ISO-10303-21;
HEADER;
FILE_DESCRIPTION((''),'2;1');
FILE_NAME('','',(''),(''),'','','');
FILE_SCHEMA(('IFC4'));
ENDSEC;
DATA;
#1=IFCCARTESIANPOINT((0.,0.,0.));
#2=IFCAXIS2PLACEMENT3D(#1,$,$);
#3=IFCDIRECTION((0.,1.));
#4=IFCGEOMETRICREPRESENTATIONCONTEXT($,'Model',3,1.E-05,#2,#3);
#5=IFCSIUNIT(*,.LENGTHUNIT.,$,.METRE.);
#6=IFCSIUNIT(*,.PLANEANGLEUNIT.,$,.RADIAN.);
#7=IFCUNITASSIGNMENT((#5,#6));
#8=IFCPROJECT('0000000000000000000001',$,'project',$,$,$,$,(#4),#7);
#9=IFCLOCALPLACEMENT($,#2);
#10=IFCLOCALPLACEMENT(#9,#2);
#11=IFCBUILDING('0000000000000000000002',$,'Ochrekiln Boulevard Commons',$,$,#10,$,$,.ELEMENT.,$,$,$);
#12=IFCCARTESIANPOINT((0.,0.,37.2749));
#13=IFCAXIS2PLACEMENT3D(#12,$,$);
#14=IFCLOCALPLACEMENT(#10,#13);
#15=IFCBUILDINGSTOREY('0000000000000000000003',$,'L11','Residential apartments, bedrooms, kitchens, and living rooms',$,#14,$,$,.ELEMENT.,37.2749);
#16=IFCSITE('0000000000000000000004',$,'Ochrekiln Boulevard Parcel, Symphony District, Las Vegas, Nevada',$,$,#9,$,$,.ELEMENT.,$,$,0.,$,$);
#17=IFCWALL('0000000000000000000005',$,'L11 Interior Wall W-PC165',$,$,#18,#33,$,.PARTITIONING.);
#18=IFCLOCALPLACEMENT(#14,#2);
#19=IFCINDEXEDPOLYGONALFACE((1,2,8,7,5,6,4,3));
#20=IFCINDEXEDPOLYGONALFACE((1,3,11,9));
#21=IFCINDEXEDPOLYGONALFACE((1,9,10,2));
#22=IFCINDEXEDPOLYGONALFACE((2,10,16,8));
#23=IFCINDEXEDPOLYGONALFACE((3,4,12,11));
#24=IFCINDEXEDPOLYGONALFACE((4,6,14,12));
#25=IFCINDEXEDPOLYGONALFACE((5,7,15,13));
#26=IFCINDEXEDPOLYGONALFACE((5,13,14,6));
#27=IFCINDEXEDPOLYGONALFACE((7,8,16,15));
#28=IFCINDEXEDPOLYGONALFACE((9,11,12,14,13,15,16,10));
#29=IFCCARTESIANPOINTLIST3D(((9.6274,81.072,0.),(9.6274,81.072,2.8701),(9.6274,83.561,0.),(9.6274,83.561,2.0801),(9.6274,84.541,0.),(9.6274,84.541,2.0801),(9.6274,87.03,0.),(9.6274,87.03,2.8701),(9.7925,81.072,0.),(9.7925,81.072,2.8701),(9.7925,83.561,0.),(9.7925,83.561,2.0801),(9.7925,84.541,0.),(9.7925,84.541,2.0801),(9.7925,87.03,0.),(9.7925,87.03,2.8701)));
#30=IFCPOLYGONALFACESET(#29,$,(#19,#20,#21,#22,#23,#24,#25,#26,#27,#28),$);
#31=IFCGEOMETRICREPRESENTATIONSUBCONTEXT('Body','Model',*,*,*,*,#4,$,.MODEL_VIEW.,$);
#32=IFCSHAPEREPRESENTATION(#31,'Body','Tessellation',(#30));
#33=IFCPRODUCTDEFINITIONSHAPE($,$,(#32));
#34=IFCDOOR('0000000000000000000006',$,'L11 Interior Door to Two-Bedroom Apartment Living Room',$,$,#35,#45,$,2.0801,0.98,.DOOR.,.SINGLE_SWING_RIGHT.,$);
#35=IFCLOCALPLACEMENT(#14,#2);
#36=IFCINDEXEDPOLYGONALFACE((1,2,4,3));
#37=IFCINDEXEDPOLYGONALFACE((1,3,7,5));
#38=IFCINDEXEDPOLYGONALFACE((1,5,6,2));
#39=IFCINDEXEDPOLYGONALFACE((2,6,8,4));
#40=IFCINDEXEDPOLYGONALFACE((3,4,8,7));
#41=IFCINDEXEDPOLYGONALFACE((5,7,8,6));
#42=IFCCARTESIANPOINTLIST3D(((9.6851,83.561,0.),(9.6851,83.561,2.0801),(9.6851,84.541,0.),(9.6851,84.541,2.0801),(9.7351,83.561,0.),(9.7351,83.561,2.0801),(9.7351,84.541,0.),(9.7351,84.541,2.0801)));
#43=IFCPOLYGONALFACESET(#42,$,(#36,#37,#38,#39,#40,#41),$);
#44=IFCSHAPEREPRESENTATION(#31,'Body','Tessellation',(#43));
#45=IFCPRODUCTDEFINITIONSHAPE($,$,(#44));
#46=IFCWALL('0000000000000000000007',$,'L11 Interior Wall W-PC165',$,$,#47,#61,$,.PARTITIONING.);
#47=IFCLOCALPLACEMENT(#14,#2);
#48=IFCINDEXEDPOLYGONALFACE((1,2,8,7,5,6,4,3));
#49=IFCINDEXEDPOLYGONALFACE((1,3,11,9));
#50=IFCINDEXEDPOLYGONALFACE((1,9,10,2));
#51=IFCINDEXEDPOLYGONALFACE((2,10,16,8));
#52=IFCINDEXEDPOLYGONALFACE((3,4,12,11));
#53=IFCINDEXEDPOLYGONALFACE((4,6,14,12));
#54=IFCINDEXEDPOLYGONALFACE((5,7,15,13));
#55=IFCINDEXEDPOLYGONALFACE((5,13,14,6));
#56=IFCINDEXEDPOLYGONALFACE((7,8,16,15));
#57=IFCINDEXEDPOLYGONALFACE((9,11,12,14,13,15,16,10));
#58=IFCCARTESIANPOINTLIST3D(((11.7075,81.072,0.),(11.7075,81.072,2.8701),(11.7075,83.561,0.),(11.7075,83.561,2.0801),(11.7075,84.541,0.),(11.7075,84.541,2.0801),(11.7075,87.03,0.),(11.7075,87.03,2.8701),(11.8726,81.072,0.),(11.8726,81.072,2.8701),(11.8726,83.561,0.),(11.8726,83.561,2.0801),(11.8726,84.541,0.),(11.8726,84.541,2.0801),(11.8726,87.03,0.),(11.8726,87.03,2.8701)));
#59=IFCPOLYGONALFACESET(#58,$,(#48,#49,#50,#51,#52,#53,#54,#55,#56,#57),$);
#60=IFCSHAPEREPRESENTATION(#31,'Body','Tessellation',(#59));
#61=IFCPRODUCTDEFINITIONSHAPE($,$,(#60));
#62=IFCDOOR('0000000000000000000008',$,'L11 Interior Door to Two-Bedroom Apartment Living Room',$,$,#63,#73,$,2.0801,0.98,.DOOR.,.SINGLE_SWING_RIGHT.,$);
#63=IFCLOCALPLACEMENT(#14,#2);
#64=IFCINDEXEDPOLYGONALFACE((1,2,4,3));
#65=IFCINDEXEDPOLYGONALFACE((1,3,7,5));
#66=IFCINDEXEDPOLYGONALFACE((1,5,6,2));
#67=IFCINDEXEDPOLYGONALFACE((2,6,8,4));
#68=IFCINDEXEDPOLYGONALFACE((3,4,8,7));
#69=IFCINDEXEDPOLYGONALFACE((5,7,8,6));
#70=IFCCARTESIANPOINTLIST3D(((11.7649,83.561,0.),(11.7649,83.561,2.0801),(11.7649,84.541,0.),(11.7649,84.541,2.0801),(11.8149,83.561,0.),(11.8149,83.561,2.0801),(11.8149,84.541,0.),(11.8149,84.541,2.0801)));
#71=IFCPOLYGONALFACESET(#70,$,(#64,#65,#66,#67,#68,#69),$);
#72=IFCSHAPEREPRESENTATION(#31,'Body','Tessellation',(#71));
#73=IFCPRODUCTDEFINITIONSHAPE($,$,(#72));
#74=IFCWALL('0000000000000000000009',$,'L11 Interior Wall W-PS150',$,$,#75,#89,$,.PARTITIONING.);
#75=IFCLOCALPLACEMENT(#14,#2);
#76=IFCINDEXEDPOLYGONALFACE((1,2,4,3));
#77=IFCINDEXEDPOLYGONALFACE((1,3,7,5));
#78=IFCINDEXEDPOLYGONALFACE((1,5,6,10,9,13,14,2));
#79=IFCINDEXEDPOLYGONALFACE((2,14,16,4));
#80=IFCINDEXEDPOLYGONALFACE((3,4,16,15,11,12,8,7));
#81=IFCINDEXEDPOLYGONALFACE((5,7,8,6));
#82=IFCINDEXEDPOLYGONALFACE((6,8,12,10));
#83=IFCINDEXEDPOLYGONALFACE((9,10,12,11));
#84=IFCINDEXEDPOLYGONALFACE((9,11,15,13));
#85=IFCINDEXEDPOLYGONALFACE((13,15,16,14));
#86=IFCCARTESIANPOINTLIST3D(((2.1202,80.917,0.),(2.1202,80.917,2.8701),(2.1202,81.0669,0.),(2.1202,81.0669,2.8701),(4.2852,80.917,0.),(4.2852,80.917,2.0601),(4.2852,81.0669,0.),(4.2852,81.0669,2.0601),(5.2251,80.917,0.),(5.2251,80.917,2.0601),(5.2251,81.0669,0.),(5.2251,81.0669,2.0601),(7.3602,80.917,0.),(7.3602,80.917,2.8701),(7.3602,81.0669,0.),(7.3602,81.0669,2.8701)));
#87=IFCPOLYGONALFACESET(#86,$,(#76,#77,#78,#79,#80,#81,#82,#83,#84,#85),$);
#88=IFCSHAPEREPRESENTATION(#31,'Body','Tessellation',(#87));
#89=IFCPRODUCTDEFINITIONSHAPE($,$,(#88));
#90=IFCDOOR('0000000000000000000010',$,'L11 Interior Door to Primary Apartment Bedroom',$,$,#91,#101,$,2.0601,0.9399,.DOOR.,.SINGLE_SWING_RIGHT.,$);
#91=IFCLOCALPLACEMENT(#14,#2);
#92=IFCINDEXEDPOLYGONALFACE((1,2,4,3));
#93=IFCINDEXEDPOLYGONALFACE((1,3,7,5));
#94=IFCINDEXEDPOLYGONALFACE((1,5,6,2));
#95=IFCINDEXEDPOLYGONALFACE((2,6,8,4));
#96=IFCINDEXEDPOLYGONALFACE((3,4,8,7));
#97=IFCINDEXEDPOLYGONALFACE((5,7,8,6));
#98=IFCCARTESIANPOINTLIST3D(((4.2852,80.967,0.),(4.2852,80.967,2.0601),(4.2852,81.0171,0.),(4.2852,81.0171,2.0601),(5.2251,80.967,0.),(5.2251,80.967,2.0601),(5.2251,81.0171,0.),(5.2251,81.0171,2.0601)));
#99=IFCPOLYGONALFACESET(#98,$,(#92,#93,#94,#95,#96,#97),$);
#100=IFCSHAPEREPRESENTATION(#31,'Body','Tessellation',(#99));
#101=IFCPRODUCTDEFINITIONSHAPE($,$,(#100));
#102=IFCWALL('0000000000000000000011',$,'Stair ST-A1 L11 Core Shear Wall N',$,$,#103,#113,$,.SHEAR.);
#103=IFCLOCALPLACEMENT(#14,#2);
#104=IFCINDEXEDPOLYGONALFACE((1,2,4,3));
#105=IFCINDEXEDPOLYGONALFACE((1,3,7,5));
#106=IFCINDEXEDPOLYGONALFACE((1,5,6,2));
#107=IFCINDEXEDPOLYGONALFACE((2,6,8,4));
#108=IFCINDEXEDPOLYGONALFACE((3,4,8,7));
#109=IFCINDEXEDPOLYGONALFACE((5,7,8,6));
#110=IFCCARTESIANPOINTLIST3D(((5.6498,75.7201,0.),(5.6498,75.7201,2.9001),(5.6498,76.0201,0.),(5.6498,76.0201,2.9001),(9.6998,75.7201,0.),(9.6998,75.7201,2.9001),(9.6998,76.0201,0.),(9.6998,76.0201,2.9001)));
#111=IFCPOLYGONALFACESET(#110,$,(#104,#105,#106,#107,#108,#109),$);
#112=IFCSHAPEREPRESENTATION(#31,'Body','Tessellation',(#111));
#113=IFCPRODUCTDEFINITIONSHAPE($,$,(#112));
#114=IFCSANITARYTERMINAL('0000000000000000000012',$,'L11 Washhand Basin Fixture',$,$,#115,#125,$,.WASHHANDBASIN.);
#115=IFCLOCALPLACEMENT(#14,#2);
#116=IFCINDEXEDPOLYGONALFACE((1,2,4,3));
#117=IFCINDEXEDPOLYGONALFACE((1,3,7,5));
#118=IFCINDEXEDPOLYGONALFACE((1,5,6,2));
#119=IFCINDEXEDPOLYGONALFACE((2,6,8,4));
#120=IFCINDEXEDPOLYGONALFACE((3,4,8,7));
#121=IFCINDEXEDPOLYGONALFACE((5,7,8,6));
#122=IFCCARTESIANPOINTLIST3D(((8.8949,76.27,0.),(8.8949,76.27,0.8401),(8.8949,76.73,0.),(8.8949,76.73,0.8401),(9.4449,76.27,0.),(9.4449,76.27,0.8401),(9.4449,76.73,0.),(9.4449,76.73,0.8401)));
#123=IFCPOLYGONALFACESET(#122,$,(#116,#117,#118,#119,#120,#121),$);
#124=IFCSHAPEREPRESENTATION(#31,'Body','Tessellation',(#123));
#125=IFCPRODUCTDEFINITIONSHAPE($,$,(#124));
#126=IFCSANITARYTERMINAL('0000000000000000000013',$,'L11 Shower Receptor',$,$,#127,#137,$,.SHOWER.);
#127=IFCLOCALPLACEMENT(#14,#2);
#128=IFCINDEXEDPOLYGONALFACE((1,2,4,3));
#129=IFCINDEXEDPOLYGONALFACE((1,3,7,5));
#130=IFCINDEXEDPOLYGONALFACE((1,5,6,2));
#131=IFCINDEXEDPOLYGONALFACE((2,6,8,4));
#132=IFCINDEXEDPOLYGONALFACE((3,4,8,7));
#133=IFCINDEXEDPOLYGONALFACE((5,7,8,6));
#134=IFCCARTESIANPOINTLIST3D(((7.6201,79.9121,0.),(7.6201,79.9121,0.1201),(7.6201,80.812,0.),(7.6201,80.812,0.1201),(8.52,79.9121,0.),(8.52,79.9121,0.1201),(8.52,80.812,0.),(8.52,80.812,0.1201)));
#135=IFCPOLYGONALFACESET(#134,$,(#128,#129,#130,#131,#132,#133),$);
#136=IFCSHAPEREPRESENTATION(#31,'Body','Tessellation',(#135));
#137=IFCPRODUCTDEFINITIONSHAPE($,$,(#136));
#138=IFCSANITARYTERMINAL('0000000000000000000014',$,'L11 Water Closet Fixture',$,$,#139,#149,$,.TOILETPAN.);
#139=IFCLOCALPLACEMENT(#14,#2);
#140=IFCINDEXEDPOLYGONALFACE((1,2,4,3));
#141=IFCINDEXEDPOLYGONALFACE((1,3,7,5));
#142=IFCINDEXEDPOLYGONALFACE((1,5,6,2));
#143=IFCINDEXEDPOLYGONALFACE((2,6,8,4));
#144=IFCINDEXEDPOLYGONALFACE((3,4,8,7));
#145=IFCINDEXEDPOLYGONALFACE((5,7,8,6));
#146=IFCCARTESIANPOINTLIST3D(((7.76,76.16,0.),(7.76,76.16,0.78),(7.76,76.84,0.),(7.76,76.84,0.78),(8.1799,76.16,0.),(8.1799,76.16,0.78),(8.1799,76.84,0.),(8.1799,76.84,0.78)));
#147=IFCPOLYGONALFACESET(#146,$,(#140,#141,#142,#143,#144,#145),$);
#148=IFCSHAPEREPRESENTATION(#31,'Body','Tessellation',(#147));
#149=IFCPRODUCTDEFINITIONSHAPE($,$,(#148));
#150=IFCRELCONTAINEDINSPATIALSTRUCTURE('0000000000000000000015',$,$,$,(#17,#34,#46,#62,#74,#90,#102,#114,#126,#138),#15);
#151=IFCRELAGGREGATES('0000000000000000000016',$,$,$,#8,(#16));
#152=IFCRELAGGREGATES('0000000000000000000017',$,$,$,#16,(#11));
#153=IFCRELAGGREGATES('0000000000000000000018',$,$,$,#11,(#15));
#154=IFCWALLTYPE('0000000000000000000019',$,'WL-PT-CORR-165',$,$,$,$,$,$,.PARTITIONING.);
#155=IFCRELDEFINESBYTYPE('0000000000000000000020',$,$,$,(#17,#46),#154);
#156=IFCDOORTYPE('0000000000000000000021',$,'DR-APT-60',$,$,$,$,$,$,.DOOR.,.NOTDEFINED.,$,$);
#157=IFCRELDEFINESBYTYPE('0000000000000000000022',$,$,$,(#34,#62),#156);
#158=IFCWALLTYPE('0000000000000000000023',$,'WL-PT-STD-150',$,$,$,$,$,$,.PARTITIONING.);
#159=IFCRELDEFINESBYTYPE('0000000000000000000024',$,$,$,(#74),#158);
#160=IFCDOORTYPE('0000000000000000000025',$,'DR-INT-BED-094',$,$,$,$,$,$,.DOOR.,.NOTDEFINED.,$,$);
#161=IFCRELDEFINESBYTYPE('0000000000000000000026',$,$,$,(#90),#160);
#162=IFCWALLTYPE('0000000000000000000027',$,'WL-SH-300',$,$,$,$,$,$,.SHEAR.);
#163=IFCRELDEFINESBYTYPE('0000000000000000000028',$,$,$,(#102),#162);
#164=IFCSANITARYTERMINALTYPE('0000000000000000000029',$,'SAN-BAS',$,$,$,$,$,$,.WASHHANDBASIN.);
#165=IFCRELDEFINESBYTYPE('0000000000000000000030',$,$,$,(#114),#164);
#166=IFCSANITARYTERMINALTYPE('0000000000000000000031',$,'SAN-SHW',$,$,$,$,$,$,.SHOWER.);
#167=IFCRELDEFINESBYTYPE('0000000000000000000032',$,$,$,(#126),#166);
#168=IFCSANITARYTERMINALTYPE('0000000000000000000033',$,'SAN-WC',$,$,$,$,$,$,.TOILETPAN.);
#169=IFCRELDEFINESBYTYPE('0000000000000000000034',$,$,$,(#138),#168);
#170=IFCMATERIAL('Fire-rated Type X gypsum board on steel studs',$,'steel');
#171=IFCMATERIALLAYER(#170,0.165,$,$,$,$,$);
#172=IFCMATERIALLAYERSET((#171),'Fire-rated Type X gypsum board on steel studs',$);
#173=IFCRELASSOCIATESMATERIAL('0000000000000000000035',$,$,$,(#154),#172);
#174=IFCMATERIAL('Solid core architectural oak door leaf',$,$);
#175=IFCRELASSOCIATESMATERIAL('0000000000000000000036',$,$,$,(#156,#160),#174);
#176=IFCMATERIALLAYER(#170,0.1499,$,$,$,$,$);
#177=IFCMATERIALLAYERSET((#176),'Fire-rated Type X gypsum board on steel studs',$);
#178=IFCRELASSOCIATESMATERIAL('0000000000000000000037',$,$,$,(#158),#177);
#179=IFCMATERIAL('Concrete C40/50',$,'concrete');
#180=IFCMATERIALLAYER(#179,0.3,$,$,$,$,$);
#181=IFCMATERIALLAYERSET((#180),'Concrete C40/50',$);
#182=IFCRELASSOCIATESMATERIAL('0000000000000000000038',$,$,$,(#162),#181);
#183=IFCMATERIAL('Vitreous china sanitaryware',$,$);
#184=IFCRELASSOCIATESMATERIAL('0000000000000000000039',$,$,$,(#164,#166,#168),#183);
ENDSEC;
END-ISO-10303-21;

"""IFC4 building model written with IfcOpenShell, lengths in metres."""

from ifc_helpers import new_model, si_unit, direction, frame, frame_2d, origin, origin_2d, place, context, subcontext, project, spatial, rectangle, extrude, material, layer, layer_set, type_object, element, fill, save


model = new_model("IFC4")

# Units and contexts
model_context = context("Model", 3, precision=1e-05, world=origin(), true_north=direction((0.0, 1.0)))
body_context = subcontext(model_context, "Body", "Model", "MODEL_VIEW")
ifc_project = project(units=[si_unit("LENGTHUNIT", "METRE"), si_unit("PLANEANGLEUNIT", "RADIAN")], contexts=[model_context])

# Site, building, storey
site_placement = place(None, origin())
site = spatial("IfcSite", under=ifc_project, at=site_placement, Name="Ochrekiln Boulevard Parcel, Symphony District, Las Vegas, Nevada", CompositionType="ELEMENT", RefElevation=0.0)
building_placement = place(site_placement, origin())
building = spatial("IfcBuilding", under=site, at=building_placement, Name="Ochrekiln Boulevard Commons", CompositionType="ELEMENT")
storey_placement = place(building_placement, frame((0.0, 0.0, 37.2749)))
storey = spatial("IfcBuildingStorey", under=building, at=storey_placement, Name="L11", Description="Residential apartments, bedrooms, kitchens, and living rooms", CompositionType="ELEMENT", Elevation=37.2749)

# Shared definitions
ifc_material_1 = material(Name="Concrete C40/50", Category="concrete")

# Shared definitions
ifc_material_2 = material(Name="Solid core architectural oak door leaf")

# Walls, openings, doors
ifc_material_3 = material(Name="Fire-rated Type X gypsum board on steel studs", Category="steel")
ifc_layer_1 = layer(ifc_material_3, 0.165)
ifc_layer_set_1 = layer_set([ifc_layer_1], Name="Fire-rated Type X gypsum board on steel studs")
wall_type_1 = type_object("IfcWallType", Name="WL-PT-CORR-165", PredefinedType="PARTITIONING", material=ifc_layer_set_1)
wall_1_placement = place(storey_placement, frame((9.71, 81.072, 0.0), z_axis=(0.0, 0.0, 1.0), x_axis=(0.0, 1.0, 0.0)))
wall_1 = element("IfcWall", 1, at=wall_1_placement, inside=storey, type_object=wall_type_1, Name="L11 Interior Wall W-PC165", PredefinedType="PARTITIONING", context=body_context, shape_type="SweptSolid", body=[
    extrude(rectangle(XDim=5.958, YDim=0.165, at=frame_2d((2.979, 0.0))), origin(), (0.0, 0.0, 1.0), 2.8701),
])
opening_1_placement = place(wall_1_placement, frame((2.489, 0.0, 0.0)))
opening_1 = element("IfcOpeningElement", 2, at=opening_1_placement, cuts=wall_1, PredefinedType="OPENING", context=body_context, shape_type="SweptSolid", body=[
    extrude(rectangle(XDim=0.98, YDim=2.0801, at=frame_2d((0.49, 1.04))), frame((0.0, 0.0925, 0.0), z_axis=(0.0, -1.0, 0.0), x_axis=(1.0, 0.0, 0.0)), (0.0, 0.0, 1.0), 0.1851),
])
door_type_1 = type_object("IfcDoorType", Name="DR-APT-60", OperationType="NOTDEFINED", PredefinedType="DOOR", material=ifc_material_2)
door_1_placement = place(opening_1_placement, origin())
door_1 = element("IfcDoor", 3, at=door_1_placement, inside=storey, type_object=door_type_1, Name="L11 Interior Door to Two-Bedroom Apartment Living Room", OperationType="SINGLE_SWING_RIGHT", OverallHeight=2.0801, OverallWidth=0.98, PredefinedType="DOOR", context=body_context, shape_type="SweptSolid", body=[
    extrude(rectangle(XDim=0.98, YDim=2.0801, at=frame_2d((0.49, 1.04))), frame((0.0, 0.0249, 0.0), z_axis=(0.0, -1.0, 0.0), x_axis=(1.0, 0.0, 0.0)), (0.0, 0.0, 1.0), 0.05),
])
fill(opening_1, door_1)
wall_2_placement = place(storey_placement, frame((11.79, 81.072, 0.0), z_axis=(0.0, 0.0, 1.0), x_axis=(0.0, 1.0, 0.0)))
wall_2 = element("IfcWall", 4, at=wall_2_placement, inside=storey, type_object=wall_type_1, Name="L11 Interior Wall W-PC165", PredefinedType="PARTITIONING", context=body_context, shape_type="SweptSolid", body=[
    extrude(rectangle(XDim=5.958, YDim=0.165, at=frame_2d((2.979, 0.0))), origin(), (0.0, 0.0, 1.0), 2.8701),
])
opening_2_placement = place(wall_2_placement, frame((2.489, 0.0, 0.0)))
opening_2 = element("IfcOpeningElement", 5, at=opening_2_placement, cuts=wall_2, PredefinedType="OPENING", context=body_context, shape_type="SweptSolid", body=[
    extrude(rectangle(XDim=0.98, YDim=2.0801, at=frame_2d((0.49, 1.04))), frame((0.0, 0.0925, 0.0), z_axis=(0.0, -1.0, 0.0), x_axis=(1.0, 0.0, 0.0)), (0.0, 0.0, 1.0), 0.1851),
])
door_2_placement = place(opening_2_placement, frame((0.98, 0.0, 0.0), z_axis=(0.0, 0.0, 1.0), x_axis=(-1.0, 0.0, 0.0)))
door_2 = element("IfcDoor", 6, at=door_2_placement, inside=storey, type_object=door_type_1, Name="L11 Interior Door to Two-Bedroom Apartment Living Room", OperationType="SINGLE_SWING_RIGHT", OverallHeight=2.0801, OverallWidth=0.98, PredefinedType="DOOR", context=body_context, shape_type="SweptSolid", body=[
    extrude(rectangle(XDim=0.98, YDim=2.0801, at=frame_2d((0.49, 1.04))), frame((0.0, 0.0249, 0.0), z_axis=(0.0, -1.0, 0.0), x_axis=(1.0, 0.0, 0.0)), (0.0, 0.0, 1.0), 0.05),
])
fill(opening_2, door_2)
ifc_layer_2 = layer(ifc_material_3, 0.1499)
ifc_layer_set_2 = layer_set([ifc_layer_2], Name="Fire-rated Type X gypsum board on steel studs")
wall_type_2 = type_object("IfcWallType", Name="WL-PT-STD-150", PredefinedType="PARTITIONING", material=ifc_layer_set_2)
wall_3_placement = place(storey_placement, frame((2.1201, 80.9919, 0.0), z_axis=(0.0, 0.0, 1.0), x_axis=(1.0, 0.0, 0.0)))
wall_3 = element("IfcWall", 7, at=wall_3_placement, inside=storey, type_object=wall_type_2, Name="L11 Interior Wall W-PS150", PredefinedType="PARTITIONING", context=body_context, shape_type="SweptSolid", body=[
    extrude(rectangle(XDim=5.24, YDim=0.1499, at=frame_2d((2.6201, 0.0))), origin(), (0.0, 0.0, 1.0), 2.8701),
])
opening_3_placement = place(wall_3_placement, frame((2.165, 0.0, 0.0)))
opening_3 = element("IfcOpeningElement", 8, at=opening_3_placement, cuts=wall_3, PredefinedType="OPENING", context=body_context, shape_type="SweptSolid", body=[
    extrude(rectangle(XDim=0.9399, YDim=2.0601, at=frame_2d((0.47, 1.03))), frame((0.0, 0.085, 0.0), z_axis=(0.0, -1.0, 0.0), x_axis=(1.0, 0.0, 0.0)), (0.0, 0.0, 1.0), 0.1699),
])
door_type_2 = type_object("IfcDoorType", Name="DR-INT-BED-094", OperationType="NOTDEFINED", PredefinedType="DOOR", material=ifc_material_2)
door_3_placement = place(opening_3_placement, frame((0.9399, 0.0, 0.0), z_axis=(0.0, 0.0, 1.0), x_axis=(-1.0, 0.0, 0.0)))
door_3 = element("IfcDoor", 9, at=door_3_placement, inside=storey, type_object=door_type_2, Name="L11 Interior Door to Primary Apartment Bedroom", OperationType="SINGLE_SWING_RIGHT", OverallHeight=2.0601, OverallWidth=0.9399, PredefinedType="DOOR", context=body_context, shape_type="SweptSolid", body=[
    extrude(rectangle(XDim=0.9399, YDim=2.0601, at=frame_2d((0.47, 1.03))), frame((0.0, 0.0249, 0.0), z_axis=(0.0, -1.0, 0.0), x_axis=(1.0, 0.0, 0.0)), (0.0, 0.0, 1.0), 0.05),
])
fill(opening_3, door_3)

# Wall
ifc_layer_3 = layer(ifc_material_1, 0.3)
ifc_layer_set_3 = layer_set([ifc_layer_3], Name="Concrete C40/50")
wall_type_3 = type_object("IfcWallType", Name="WL-SH-300", PredefinedType="SHEAR", material=ifc_layer_set_3)
wall_4_placement = place(storey_placement, frame((5.6499, 75.8701, 0.0), z_axis=(0.0, 0.0, 1.0), x_axis=(1.0, 0.0, 0.0)))
element("IfcWall", 10, at=wall_4_placement, inside=storey, type_object=wall_type_3, Name="Stair ST-A1 L11 Core Shear Wall N", PredefinedType="SHEAR", context=body_context, shape_type="SweptSolid", body=[
    extrude(rectangle(XDim=4.05, YDim=0.3, at=frame_2d((2.0249, 0.0))), origin(), (0.0, 0.0, 1.0), 2.9001),
])

# Sanitary terminals
ifc_material_4 = material(Name="Vitreous china sanitaryware")
sanitary_terminal_type_1 = type_object("IfcSanitaryTerminalType", Name="SAN-BAS", PredefinedType="WASHHANDBASIN", material=ifc_material_4)
sanitary_terminal_1_placement = place(storey_placement, frame((9.1699, 76.5, 0.0), z_axis=(0.0, 0.0, 1.0), x_axis=(1.0, 0.0, 0.0)))
element("IfcSanitaryTerminal", 11, at=sanitary_terminal_1_placement, inside=storey, type_object=sanitary_terminal_type_1, Name="L11 Washhand Basin Fixture", PredefinedType="WASHHANDBASIN", context=body_context, shape_type="SweptSolid", body=[
    extrude(rectangle(XDim=0.55, YDim=0.46, at=origin_2d()), origin(), (0.0, 0.0, 1.0), 0.8401),
])
sanitary_terminal_type_2 = type_object("IfcSanitaryTerminalType", Name="SAN-SHW", PredefinedType="SHOWER", material=ifc_material_4)
sanitary_terminal_2_placement = place(storey_placement, frame((8.0701, 80.3621, 0.0), z_axis=(0.0, 0.0, 1.0), x_axis=(1.0, 0.0, 0.0)))
element("IfcSanitaryTerminal", 12, at=sanitary_terminal_2_placement, inside=storey, type_object=sanitary_terminal_type_2, Name="L11 Shower Receptor", PredefinedType="SHOWER", context=body_context, shape_type="SweptSolid", body=[
    extrude(rectangle(XDim=0.8999, YDim=0.8999, at=origin_2d()), origin(), (0.0, 0.0, 1.0), 0.1201),
])
sanitary_terminal_type_3 = type_object("IfcSanitaryTerminalType", Name="SAN-WC", PredefinedType="TOILETPAN", material=ifc_material_4)
sanitary_terminal_3_placement = place(storey_placement, frame((7.97, 76.5, 0.0), z_axis=(0.0, 0.0, 1.0), x_axis=(1.0, 0.0, 0.0)))
element("IfcSanitaryTerminal", 13, at=sanitary_terminal_3_placement, inside=storey, type_object=sanitary_terminal_type_3, Name="L11 Water Closet Fixture", PredefinedType="TOILETPAN", context=body_context, shape_type="SweptSolid", body=[
    extrude(rectangle(XDim=0.4199, YDim=0.6799, at=origin_2d()), origin(), (0.0, 0.0, 1.0), 0.78),
])

save(model, "model.ifc")
